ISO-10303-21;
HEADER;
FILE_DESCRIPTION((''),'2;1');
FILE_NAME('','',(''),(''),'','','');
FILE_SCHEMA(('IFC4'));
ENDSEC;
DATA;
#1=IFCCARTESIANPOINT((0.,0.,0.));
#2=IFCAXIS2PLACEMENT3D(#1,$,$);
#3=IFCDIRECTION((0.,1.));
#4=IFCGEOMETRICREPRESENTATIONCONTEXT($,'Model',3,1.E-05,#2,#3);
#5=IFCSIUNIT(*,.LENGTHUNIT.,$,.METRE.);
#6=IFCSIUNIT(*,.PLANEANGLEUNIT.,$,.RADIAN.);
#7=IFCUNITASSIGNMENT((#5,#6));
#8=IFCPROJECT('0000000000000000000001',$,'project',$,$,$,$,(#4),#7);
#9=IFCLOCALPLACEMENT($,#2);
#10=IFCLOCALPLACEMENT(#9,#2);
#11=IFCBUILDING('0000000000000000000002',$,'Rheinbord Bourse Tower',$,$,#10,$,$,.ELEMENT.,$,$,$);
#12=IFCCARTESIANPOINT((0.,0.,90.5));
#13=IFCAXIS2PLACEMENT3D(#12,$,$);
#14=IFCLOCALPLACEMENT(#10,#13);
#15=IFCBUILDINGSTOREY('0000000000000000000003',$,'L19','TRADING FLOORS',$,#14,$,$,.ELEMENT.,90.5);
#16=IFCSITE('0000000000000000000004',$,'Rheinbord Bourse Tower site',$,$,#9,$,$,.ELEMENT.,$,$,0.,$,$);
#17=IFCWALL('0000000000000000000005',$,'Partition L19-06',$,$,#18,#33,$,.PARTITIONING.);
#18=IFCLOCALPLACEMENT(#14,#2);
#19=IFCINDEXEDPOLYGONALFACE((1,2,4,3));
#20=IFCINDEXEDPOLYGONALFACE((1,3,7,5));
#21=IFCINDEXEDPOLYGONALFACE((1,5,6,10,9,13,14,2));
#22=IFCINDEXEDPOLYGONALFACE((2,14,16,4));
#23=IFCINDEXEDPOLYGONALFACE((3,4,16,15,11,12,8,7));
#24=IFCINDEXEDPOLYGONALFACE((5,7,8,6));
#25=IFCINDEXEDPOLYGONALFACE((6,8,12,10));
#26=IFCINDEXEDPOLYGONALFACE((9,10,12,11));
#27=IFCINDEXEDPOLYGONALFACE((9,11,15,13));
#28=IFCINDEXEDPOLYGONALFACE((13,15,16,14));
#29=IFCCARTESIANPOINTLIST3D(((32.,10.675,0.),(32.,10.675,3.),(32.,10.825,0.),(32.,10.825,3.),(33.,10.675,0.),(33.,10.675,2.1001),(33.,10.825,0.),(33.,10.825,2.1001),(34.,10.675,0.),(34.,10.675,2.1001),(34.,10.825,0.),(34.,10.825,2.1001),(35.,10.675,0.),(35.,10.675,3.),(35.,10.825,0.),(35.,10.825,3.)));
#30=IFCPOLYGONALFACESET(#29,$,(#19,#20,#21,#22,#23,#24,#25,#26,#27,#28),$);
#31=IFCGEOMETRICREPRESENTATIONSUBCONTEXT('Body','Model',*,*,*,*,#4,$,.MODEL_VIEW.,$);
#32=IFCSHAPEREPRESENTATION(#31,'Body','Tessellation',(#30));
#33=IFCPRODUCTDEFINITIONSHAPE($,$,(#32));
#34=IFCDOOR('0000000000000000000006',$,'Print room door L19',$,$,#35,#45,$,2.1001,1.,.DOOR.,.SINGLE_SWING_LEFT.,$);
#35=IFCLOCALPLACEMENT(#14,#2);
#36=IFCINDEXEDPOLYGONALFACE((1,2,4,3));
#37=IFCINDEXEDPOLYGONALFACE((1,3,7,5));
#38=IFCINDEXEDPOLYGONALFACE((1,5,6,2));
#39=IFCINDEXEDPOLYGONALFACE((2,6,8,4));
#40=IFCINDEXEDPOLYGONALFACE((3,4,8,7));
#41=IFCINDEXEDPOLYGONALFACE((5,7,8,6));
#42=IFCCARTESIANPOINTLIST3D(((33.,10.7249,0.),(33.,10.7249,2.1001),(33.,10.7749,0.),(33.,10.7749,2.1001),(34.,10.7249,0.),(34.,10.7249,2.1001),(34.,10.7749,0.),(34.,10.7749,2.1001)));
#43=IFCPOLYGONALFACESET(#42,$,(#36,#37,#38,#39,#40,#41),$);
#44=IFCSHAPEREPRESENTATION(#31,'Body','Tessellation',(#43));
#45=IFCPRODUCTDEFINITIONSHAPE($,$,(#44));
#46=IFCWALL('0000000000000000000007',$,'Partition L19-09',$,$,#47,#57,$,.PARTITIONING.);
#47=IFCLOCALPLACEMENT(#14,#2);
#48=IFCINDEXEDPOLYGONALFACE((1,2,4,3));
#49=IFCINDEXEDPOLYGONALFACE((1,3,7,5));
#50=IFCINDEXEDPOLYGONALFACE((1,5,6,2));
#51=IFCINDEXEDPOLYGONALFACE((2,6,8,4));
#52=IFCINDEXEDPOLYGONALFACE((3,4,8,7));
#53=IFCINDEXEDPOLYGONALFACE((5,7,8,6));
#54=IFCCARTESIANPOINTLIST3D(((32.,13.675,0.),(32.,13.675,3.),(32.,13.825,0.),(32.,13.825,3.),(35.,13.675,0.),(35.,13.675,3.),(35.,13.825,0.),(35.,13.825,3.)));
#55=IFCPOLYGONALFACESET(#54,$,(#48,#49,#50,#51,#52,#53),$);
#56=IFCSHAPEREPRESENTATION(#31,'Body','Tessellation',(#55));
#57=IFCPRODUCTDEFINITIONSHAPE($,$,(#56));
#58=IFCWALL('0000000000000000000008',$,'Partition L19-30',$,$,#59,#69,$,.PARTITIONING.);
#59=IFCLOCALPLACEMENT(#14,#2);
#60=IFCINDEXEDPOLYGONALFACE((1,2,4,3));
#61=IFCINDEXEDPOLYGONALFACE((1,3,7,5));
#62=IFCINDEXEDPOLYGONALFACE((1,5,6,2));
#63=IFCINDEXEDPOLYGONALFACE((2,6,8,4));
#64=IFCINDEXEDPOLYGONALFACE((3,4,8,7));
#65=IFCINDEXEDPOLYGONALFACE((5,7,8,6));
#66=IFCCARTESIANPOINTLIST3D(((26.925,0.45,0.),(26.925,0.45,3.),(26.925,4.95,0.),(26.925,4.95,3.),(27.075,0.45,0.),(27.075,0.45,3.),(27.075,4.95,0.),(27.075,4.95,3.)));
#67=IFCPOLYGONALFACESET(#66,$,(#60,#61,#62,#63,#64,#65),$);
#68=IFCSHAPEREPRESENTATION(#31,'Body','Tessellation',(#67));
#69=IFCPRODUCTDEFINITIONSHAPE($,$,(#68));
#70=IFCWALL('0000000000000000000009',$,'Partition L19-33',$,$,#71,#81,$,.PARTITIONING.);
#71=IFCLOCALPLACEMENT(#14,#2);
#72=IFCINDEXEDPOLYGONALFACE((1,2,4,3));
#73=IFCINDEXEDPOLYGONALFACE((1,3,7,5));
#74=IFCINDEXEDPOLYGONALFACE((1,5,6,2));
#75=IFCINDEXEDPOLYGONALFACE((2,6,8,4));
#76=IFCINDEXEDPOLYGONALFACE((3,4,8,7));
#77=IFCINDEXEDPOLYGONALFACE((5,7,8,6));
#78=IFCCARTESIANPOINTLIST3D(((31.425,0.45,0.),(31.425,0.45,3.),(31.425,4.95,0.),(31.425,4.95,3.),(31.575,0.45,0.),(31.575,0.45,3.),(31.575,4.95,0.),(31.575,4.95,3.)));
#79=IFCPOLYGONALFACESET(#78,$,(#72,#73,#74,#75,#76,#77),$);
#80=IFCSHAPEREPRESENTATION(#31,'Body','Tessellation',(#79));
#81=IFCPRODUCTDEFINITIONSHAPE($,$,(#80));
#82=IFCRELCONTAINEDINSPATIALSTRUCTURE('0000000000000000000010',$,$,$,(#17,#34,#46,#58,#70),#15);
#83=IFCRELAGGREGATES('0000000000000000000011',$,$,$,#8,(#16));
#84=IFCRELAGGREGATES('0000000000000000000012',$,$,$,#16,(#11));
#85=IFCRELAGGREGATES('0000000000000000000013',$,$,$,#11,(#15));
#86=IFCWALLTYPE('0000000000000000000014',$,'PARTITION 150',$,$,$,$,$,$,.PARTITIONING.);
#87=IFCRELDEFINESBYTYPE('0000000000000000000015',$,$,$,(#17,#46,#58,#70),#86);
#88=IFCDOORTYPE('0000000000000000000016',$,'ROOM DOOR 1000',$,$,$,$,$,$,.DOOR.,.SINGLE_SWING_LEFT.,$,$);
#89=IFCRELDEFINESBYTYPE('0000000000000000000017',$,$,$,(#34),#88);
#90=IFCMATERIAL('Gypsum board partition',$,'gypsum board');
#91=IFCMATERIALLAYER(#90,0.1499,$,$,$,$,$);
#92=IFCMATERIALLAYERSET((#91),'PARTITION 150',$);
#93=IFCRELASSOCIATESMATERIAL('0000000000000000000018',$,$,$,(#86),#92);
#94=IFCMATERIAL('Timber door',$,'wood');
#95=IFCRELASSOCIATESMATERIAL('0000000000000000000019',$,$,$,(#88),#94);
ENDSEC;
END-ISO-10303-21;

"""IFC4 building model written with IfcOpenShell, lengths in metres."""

from ifc_helpers import new_model, si_unit, direction, frame, frame_2d, origin, place, context, subcontext, project, spatial, rectangle, extrude, material, layer, layer_set, type_object, element, fill, save


model = new_model("IFC4")

# Units and contexts
model_context = context("Model", 3, precision=1e-05, world=origin(), true_north=direction((0.0, 1.0)))
body_context = subcontext(model_context, "Body", "Model", "MODEL_VIEW")
ifc_project = project(units=[si_unit("LENGTHUNIT", "METRE"), si_unit("PLANEANGLEUNIT", "RADIAN")], contexts=[model_context])

# Site, building, storey
site_placement = place(None, origin())
site = spatial("IfcSite", under=ifc_project, at=site_placement, Name="Rheinbord Bourse Tower site", CompositionType="ELEMENT", RefElevation=0.0)
building_placement = place(site_placement, origin())
building = spatial("IfcBuilding", under=site, at=building_placement, Name="Rheinbord Bourse Tower", CompositionType="ELEMENT")
storey_placement = place(building_placement, frame((0.0, 0.0, 90.5)))
storey = spatial("IfcBuildingStorey", under=building, at=storey_placement, Name="L19", Description="TRADING FLOORS", CompositionType="ELEMENT", Elevation=90.5)

# Wall, opening, door
ifc_material_1 = material(Name="Gypsum board partition", Category="gypsum board")
ifc_layer_1 = layer(ifc_material_1, 0.1499)
ifc_layer_set_1 = layer_set([ifc_layer_1], Name="PARTITION 150")
wall_type_1 = type_object("IfcWallType", Name="PARTITION 150", PredefinedType="PARTITIONING", material=ifc_layer_set_1)
wall_1_placement = place(storey_placement, frame((32.0, 10.75, 0.0), z_axis=(0.0, 0.0, 1.0), x_axis=(1.0, 0.0, 0.0)))
wall_1 = element("IfcWall", 1, at=wall_1_placement, inside=storey, type_object=wall_type_1, Name="Partition L19-06", PredefinedType="PARTITIONING", context=body_context, shape_type="SweptSolid", body=[
    extrude(rectangle(XDim=3.0, YDim=0.1499, at=frame_2d((1.5, 0.0))), origin(), (0.0, 0.0, 1.0), 3.0),
])
opening_1_placement = place(wall_1_placement, frame((1.0, 0.0, 0.0)))
opening_1 = element("IfcOpeningElement", 2, at=opening_1_placement, cuts=wall_1, PredefinedType="OPENING", context=body_context, shape_type="SweptSolid", body=[
    extrude(rectangle(XDim=1.0, YDim=2.1001, at=frame_2d((0.5, 1.05))), frame((0.0, 0.085, 0.0), z_axis=(0.0, -1.0, 0.0), x_axis=(1.0, 0.0, 0.0)), (0.0, 0.0, 1.0), 0.1699),
])
ifc_material_2 = material(Name="Timber door", Category="wood")
door_type_1 = type_object("IfcDoorType", Name="ROOM DOOR 1000", OperationType="SINGLE_SWING_LEFT", PredefinedType="DOOR", material=ifc_material_2)
door_1_placement = place(opening_1_placement, origin())
door_1 = element("IfcDoor", 3, at=door_1_placement, inside=storey, type_object=door_type_1, Name="Print room door L19", OperationType="SINGLE_SWING_LEFT", OverallHeight=2.1001, OverallWidth=1.0, PredefinedType="DOOR", context=body_context, shape_type="SweptSolid", body=[
    extrude(rectangle(XDim=1.0, YDim=2.1001, at=frame_2d((0.5, 1.05))), frame((0.0, 0.0249, 0.0), z_axis=(0.0, -1.0, 0.0), x_axis=(1.0, 0.0, 0.0)), (0.0, 0.0, 1.0), 0.05),
])
fill(opening_1, door_1)

# Walls
wall_2_placement = place(storey_placement, frame((32.0, 13.75, 0.0), z_axis=(0.0, 0.0, 1.0), x_axis=(1.0, 0.0, 0.0)))
element("IfcWall", 4, at=wall_2_placement, inside=storey, type_object=wall_type_1, Name="Partition L19-09", PredefinedType="PARTITIONING", context=body_context, shape_type="SweptSolid", body=[
    extrude(rectangle(XDim=3.0, YDim=0.1499, at=frame_2d((1.5, 0.0))), origin(), (0.0, 0.0, 1.0), 3.0),
])
for number, where, z_axis, x_axis, name in (
    (5, (27.0, 0.45, 0.0), (0.0, 0.0, 1.0), (0.0, 1.0, 0.0), "Partition L19-30"),
    (6, (31.5, 0.45, 0.0), (0.0, 0.0, 1.0), (0.0, 1.0, 0.0), "Partition L19-33"),
):
    element("IfcWall", number, at=place(storey_placement, frame(where, z_axis=z_axis, x_axis=x_axis)), inside=storey, type_object=wall_type_1, Name=name, PredefinedType="PARTITIONING", context=body_context, shape_type="SweptSolid", body=[
        extrude(rectangle(XDim=4.5, YDim=0.1499, at=frame_2d((2.25, 0.0))), origin(), (0.0, 0.0, 1.0), 3.0),
    ])

save(model, "model.ifc")
